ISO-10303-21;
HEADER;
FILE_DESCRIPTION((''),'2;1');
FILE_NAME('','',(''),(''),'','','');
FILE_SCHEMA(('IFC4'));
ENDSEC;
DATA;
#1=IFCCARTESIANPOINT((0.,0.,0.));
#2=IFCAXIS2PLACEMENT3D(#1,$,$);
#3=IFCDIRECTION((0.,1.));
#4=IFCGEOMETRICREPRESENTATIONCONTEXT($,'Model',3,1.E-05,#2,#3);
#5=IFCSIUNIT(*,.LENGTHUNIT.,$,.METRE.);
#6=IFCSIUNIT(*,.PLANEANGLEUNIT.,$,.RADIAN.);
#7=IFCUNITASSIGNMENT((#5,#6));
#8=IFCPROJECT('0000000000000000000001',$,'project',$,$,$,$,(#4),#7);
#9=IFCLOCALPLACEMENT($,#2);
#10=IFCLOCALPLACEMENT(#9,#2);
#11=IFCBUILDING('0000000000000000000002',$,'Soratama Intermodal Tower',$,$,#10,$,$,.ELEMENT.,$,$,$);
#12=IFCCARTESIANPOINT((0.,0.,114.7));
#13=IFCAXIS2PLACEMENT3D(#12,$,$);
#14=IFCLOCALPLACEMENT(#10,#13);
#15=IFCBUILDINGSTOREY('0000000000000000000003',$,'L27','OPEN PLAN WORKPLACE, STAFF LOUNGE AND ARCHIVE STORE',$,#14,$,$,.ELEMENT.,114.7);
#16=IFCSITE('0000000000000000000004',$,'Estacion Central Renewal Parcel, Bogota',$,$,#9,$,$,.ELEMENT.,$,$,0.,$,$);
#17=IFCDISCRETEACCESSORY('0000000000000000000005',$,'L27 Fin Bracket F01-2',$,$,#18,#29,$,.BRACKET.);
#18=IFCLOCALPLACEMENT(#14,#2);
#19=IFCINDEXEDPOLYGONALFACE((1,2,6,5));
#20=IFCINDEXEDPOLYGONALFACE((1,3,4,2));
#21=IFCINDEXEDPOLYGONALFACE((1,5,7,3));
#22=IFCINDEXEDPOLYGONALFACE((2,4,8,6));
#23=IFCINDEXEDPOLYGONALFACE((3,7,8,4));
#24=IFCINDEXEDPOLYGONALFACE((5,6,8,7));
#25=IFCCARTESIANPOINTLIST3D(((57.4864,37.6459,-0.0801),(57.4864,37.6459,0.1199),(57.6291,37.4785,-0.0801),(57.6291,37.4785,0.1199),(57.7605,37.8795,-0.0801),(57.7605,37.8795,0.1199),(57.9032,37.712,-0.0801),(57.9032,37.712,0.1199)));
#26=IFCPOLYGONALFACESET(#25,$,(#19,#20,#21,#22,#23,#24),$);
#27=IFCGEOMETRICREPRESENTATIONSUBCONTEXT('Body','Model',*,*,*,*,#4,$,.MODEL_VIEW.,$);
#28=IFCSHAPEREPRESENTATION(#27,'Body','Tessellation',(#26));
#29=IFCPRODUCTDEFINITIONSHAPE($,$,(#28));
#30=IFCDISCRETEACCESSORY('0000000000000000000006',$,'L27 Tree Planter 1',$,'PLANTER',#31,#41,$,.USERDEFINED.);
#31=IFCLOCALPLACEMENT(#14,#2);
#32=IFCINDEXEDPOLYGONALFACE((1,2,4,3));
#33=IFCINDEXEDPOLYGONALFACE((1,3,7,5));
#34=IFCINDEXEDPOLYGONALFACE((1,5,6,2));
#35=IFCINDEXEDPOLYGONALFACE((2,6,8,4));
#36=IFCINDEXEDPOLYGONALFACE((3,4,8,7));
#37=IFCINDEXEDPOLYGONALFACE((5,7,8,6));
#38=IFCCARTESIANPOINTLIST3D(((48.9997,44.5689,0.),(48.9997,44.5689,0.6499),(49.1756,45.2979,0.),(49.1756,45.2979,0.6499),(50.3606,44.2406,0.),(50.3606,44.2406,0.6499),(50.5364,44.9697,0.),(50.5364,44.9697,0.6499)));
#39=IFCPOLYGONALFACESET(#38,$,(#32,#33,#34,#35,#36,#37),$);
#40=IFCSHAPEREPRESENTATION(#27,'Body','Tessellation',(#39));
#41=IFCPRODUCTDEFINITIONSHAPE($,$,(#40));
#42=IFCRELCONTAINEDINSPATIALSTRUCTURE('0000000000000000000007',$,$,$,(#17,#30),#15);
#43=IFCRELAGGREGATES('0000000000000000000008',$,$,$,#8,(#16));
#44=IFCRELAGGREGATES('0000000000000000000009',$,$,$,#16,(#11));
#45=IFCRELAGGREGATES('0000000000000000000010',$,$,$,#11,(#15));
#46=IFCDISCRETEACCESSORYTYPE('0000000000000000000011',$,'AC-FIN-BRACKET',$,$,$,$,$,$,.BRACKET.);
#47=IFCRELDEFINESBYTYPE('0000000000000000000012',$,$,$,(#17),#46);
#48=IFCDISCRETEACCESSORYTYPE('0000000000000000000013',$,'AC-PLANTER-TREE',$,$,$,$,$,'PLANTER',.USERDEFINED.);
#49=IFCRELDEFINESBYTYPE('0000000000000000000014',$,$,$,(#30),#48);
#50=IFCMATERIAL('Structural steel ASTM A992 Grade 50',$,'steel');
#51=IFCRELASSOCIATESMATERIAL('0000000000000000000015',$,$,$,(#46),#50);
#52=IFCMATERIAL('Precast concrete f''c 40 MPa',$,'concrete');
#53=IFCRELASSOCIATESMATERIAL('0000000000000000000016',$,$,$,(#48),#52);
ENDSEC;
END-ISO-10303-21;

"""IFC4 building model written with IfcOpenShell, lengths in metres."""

from ifc_helpers import new_model, si_unit, direction, frame, origin, origin_2d, place, context, subcontext, project, spatial, rectangle, extrude, material, type_object, element, save


model = new_model("IFC4")

# Units and contexts
model_context = context("Model", 3, precision=1e-05, world=origin(), true_north=direction((0.0, 1.0)))
body_context = subcontext(model_context, "Body", "Model", "MODEL_VIEW")
ifc_project = project(units=[si_unit("LENGTHUNIT", "METRE"), si_unit("PLANEANGLEUNIT", "RADIAN")], contexts=[model_context])

# Site, building, storey
site_placement = place(None, origin())
site = spatial("IfcSite", under=ifc_project, at=site_placement, Name="Estacion Central Renewal Parcel, Bogota", CompositionType="ELEMENT", RefElevation=0.0)
building_placement = place(site_placement, origin())
building = spatial("IfcBuilding", under=site, at=building_placement, Name="Soratama Intermodal Tower", CompositionType="ELEMENT")
storey_placement = place(building_placement, frame((0.0, 0.0, 114.7)))
storey = spatial("IfcBuildingStorey", under=building, at=storey_placement, Name="L27", Description="OPEN PLAN WORKPLACE, STAFF LOUNGE AND ARCHIVE STORE", CompositionType="ELEMENT", Elevation=114.7)

# Discrete accessories
ifc_material_1 = material(Name="Structural steel ASTM A992 Grade 50", Category="steel")
discrete_accessory_type_1 = type_object("IfcDiscreteAccessoryType", Name="AC-FIN-BRACKET", PredefinedType="BRACKET", material=ifc_material_1)
for number, where, z_axis, x_axis, name in (
    (1, (57.6948, 37.679, -0.0801), (0.0, 0.0, 1.0), (0.761086, 0.648651, 0.0), "L27 Fin Bracket F01-2"),
):
    element("IfcDiscreteAccessory", number, at=place(storey_placement, frame(where, z_axis=z_axis, x_axis=x_axis)), inside=storey, type_object=discrete_accessory_type_1, Name=name, PredefinedType="BRACKET", context=body_context, shape_type="SweptSolid", body=[
        extrude(rectangle(XDim=0.3601, YDim=0.22, at=origin_2d()), origin(), (0.0, 0.0, 1.0), 0.2),
    ])
ifc_material_2 = material(Name="Precast concrete f'c 40 MPa", Category="concrete")
discrete_accessory_type_2 = type_object("IfcDiscreteAccessoryType", Name="AC-PLANTER-TREE", ElementType="PLANTER", PredefinedType="USERDEFINED", material=ifc_material_2)
discrete_accessory_placement = place(storey_placement, frame((49.7681, 44.7693, 0.0), z_axis=(0.0, 0.0, 1.0), x_axis=(0.234463, 0.972125, 0.0)))
element("IfcDiscreteAccessory", 2, at=discrete_accessory_placement, inside=storey, type_object=discrete_accessory_type_2, Name="L27 Tree Planter 1", ObjectType="PLANTER", PredefinedType="USERDEFINED", context=body_context, shape_type="SweptSolid", body=[
    extrude(rectangle(XDim=0.75, YDim=1.3999, at=origin_2d()), origin(), (0.0, 0.0, 1.0), 0.6499),
])

save(model, "model.ifc")
